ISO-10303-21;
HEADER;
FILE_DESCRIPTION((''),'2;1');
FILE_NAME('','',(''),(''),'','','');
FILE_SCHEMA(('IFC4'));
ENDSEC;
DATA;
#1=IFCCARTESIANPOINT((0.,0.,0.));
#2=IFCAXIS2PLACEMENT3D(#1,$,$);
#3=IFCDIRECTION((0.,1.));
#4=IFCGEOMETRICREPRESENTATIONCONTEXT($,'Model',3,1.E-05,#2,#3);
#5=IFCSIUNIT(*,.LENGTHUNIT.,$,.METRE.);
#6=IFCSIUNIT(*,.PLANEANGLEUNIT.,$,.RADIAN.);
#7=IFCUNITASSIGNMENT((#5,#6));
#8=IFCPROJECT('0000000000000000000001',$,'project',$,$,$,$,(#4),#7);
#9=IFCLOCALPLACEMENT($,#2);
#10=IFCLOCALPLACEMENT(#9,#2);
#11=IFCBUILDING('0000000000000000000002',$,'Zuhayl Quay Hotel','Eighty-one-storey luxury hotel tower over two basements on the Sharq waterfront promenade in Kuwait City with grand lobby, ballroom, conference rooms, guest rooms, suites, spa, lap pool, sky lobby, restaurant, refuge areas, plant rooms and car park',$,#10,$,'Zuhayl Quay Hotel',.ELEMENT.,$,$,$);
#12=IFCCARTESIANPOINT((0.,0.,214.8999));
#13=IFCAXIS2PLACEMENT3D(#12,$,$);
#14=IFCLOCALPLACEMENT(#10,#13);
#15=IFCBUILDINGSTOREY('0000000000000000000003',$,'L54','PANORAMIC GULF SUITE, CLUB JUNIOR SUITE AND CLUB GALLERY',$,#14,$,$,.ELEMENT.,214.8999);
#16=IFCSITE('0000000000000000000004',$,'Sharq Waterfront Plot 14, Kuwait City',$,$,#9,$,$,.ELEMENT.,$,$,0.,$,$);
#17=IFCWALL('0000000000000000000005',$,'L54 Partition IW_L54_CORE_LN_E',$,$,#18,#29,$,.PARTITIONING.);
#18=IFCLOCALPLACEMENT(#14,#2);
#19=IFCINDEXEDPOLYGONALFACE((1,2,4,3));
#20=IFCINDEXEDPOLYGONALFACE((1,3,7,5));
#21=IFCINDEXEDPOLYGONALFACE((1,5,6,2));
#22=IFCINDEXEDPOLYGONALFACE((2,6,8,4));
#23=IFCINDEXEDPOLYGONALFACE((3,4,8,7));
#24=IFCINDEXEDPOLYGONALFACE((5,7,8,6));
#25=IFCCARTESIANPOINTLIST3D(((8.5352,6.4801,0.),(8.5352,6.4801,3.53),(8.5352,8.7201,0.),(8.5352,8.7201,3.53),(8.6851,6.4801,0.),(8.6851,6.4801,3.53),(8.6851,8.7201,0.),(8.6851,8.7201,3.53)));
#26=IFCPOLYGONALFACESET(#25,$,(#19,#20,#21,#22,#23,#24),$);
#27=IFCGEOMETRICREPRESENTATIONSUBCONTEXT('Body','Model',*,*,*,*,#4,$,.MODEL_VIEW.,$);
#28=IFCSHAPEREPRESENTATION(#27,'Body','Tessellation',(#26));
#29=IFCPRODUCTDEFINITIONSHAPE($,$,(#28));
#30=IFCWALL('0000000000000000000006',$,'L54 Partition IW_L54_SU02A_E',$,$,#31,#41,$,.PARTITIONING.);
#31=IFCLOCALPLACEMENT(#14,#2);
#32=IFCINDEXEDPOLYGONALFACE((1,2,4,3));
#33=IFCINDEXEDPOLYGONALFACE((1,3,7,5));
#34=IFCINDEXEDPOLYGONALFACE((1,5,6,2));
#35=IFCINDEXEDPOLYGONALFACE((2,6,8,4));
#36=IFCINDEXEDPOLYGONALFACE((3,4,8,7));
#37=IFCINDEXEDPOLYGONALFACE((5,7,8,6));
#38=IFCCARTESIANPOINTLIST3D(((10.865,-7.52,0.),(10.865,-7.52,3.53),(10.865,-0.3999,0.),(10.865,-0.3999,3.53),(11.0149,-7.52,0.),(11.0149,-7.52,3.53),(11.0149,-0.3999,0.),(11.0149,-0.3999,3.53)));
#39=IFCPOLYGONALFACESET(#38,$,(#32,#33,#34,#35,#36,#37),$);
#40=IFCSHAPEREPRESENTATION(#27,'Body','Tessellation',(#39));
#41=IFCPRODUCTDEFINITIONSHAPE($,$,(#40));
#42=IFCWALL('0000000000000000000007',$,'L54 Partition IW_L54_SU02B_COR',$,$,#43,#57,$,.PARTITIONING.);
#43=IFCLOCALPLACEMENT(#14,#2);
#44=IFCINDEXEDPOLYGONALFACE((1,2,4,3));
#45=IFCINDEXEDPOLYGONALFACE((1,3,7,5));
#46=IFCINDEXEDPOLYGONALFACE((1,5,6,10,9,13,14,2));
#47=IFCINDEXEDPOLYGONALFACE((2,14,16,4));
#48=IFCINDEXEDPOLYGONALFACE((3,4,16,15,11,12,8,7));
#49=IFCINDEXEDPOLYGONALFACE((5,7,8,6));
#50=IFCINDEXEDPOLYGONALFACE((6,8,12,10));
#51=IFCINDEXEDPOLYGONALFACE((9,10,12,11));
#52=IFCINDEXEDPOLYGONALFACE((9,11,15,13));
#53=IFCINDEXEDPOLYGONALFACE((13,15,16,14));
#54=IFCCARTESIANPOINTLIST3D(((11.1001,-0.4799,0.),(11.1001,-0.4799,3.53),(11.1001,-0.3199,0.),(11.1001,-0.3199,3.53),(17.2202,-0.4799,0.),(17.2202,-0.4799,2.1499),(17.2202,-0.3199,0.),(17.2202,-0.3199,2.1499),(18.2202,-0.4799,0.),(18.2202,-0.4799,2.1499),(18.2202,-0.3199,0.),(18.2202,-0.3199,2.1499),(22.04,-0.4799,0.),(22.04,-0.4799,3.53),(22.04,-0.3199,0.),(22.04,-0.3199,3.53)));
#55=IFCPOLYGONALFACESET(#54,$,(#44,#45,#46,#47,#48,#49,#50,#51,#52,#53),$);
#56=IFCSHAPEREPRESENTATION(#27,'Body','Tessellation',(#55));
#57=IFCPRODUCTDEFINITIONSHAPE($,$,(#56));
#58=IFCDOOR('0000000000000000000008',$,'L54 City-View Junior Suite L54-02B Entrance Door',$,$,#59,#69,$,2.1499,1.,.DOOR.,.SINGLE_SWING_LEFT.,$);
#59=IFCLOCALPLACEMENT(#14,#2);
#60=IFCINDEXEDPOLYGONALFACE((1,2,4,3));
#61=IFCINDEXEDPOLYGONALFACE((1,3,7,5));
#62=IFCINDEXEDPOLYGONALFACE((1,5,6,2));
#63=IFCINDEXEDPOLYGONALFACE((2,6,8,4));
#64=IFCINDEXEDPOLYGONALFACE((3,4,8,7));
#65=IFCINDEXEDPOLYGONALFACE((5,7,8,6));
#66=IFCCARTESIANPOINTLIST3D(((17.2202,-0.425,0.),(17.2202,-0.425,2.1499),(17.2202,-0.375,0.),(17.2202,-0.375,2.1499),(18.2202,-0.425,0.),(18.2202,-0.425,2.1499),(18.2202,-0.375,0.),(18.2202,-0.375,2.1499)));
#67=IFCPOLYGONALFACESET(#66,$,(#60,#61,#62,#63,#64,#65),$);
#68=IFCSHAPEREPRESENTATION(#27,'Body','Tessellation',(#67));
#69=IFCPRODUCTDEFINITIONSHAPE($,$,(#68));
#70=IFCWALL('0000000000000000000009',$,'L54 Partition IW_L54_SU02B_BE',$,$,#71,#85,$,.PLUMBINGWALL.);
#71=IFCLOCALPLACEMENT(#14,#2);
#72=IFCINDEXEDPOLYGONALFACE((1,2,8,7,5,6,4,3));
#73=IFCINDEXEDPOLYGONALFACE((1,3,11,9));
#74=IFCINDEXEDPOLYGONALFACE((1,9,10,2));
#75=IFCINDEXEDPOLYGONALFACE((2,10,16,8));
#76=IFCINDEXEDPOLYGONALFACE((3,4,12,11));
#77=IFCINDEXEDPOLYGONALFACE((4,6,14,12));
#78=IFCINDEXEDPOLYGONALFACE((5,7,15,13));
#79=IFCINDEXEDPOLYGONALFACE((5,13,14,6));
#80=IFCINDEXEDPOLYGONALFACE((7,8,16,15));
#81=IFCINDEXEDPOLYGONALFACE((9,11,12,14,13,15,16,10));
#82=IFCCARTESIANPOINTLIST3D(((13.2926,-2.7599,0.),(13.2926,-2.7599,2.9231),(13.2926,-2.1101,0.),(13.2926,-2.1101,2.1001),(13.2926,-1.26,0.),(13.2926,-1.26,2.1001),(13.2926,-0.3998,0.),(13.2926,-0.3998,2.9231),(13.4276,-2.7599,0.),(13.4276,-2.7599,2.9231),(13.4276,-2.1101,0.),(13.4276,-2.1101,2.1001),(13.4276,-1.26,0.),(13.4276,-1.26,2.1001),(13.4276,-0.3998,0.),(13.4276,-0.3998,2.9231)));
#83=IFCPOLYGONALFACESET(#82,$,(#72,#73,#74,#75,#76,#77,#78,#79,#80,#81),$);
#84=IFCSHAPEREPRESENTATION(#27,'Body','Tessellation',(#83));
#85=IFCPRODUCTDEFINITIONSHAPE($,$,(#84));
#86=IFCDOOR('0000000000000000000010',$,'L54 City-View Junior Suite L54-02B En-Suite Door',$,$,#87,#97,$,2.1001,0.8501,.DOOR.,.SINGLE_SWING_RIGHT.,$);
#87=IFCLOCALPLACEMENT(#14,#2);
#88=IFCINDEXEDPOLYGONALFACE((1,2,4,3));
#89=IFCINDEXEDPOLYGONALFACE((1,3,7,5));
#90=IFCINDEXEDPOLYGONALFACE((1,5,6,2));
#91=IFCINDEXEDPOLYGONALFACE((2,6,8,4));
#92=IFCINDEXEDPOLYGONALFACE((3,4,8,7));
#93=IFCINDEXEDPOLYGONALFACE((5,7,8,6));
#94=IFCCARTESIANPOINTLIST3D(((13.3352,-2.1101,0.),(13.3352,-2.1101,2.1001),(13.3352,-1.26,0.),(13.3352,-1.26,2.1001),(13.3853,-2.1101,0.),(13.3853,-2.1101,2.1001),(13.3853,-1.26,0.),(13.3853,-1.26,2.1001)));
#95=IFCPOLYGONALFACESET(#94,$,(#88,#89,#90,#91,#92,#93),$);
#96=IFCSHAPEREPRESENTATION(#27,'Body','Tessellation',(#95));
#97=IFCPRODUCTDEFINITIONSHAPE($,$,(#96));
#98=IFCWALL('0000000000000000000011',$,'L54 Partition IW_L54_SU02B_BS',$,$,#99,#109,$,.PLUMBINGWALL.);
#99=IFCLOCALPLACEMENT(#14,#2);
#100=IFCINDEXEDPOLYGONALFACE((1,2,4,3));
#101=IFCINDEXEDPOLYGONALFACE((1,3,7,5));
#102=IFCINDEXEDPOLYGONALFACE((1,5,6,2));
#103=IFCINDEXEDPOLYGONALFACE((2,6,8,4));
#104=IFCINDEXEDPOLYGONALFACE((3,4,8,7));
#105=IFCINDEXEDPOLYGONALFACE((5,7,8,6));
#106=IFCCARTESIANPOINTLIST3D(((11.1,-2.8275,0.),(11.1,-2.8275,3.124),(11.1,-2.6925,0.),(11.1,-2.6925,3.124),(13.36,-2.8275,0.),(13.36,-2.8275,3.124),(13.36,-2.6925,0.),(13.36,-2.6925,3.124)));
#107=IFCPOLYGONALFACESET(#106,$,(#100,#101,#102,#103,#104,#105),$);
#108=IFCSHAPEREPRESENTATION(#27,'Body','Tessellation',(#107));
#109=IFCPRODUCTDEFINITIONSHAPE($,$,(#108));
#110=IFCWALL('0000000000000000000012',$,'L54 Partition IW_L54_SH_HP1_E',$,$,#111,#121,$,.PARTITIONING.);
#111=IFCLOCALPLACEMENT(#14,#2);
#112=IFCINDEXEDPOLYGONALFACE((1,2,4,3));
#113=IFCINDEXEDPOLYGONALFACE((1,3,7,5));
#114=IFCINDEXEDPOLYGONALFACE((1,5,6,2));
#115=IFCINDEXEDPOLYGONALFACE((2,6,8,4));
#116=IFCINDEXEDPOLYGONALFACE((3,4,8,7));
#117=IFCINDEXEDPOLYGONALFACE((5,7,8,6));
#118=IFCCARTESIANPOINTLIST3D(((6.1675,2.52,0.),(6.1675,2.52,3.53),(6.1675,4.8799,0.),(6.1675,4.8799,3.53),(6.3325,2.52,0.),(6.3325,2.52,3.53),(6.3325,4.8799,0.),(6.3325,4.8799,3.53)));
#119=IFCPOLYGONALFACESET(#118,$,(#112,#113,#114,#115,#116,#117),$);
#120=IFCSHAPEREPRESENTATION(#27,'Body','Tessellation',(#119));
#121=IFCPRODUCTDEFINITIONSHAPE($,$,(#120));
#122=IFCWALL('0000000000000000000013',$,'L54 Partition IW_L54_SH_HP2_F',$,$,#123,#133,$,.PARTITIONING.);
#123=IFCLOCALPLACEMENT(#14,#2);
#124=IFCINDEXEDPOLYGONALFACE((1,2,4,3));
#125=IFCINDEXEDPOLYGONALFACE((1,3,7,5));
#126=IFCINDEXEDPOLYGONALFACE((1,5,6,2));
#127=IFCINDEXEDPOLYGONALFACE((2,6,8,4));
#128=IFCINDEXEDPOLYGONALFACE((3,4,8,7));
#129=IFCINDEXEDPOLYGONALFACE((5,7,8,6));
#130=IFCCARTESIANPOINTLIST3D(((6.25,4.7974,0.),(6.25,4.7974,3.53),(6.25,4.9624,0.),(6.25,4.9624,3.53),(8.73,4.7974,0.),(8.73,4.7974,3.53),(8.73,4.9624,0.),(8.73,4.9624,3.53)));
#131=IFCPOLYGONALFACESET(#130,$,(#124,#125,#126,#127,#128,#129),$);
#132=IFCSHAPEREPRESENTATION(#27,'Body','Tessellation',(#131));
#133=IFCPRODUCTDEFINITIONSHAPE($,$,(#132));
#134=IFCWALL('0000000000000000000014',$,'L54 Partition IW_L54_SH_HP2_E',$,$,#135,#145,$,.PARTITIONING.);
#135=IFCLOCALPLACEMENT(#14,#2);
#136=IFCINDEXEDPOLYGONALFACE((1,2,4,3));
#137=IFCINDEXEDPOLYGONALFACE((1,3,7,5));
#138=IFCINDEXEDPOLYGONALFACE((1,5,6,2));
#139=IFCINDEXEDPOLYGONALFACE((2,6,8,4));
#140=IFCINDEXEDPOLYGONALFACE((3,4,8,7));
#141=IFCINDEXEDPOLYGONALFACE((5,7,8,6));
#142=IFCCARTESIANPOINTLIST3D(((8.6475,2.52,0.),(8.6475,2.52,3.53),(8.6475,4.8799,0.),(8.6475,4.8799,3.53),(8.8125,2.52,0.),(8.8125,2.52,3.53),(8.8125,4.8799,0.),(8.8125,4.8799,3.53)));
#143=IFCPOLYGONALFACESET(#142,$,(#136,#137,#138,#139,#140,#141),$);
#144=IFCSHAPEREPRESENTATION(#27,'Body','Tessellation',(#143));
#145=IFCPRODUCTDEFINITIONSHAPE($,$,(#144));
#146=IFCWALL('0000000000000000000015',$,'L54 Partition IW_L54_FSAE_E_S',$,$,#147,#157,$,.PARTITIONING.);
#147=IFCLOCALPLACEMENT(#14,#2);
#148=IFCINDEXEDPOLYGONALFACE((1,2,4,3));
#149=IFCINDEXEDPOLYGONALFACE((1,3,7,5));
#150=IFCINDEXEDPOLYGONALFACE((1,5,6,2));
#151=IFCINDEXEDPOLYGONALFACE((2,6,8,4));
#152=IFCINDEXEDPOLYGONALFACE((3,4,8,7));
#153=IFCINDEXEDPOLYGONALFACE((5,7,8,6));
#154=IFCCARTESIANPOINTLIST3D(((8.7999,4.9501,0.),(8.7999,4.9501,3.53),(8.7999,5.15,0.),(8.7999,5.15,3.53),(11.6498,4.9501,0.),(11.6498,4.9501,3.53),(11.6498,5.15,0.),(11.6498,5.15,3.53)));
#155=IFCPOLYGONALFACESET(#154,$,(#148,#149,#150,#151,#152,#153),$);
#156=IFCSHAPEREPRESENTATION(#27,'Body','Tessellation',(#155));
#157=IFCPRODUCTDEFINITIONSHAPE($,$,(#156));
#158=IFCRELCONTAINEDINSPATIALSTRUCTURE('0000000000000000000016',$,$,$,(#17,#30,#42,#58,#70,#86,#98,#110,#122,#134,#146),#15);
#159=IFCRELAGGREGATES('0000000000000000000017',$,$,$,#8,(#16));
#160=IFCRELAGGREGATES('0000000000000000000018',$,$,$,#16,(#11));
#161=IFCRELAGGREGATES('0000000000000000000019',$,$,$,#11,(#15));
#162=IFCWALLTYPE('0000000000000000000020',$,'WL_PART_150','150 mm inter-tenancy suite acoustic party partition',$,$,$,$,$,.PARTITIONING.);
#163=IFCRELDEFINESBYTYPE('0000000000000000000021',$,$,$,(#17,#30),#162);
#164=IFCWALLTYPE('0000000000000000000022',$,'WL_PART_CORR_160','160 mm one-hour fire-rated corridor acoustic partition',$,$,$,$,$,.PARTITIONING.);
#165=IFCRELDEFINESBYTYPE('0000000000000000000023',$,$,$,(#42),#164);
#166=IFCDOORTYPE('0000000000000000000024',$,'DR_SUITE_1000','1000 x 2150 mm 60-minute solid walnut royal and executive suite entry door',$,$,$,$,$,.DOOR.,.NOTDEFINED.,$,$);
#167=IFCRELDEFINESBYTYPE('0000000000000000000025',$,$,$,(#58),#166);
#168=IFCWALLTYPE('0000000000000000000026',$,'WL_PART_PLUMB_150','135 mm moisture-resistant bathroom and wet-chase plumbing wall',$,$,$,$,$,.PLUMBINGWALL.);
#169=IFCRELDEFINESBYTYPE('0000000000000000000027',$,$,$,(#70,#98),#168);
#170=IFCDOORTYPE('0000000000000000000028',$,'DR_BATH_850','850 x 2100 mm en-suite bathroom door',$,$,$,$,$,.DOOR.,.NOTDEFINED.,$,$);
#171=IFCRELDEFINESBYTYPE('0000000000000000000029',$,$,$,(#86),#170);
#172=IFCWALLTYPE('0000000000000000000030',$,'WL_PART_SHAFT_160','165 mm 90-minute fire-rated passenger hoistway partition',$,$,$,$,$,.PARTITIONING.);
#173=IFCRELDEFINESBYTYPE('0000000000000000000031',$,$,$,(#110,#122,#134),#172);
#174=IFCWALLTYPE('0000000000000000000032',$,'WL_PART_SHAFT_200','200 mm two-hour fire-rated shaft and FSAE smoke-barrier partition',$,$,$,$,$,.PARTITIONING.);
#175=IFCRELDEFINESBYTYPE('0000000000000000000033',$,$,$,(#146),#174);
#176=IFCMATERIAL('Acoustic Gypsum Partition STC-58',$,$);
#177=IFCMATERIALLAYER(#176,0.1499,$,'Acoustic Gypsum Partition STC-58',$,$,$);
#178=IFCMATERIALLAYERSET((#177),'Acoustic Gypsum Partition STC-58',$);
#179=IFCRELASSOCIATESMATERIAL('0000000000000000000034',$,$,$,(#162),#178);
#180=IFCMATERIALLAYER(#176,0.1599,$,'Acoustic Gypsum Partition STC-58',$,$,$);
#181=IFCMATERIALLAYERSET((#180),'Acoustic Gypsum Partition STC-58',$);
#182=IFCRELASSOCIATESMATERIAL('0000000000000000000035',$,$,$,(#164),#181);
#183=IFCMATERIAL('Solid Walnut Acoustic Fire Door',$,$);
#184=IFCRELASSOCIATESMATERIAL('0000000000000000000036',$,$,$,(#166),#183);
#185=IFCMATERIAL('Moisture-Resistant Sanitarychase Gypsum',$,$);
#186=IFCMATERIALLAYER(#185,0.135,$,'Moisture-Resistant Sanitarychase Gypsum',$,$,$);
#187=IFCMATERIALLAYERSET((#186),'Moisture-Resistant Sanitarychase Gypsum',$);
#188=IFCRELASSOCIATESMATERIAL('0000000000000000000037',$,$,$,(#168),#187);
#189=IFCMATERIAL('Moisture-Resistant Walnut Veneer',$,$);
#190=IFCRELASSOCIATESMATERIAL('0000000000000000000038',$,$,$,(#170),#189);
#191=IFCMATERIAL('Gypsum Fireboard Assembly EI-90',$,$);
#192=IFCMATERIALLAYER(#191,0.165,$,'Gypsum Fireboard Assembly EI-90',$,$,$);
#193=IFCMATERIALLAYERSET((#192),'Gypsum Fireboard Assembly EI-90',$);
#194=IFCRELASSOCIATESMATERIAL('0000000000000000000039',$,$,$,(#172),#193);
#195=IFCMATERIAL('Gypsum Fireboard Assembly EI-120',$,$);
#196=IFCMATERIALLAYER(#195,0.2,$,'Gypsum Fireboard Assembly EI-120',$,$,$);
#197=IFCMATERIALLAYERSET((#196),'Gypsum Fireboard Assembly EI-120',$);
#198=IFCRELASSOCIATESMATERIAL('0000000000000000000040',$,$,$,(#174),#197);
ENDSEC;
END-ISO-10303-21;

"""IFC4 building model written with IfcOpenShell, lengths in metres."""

from ifc_helpers import new_model, si_unit, direction, frame, frame_2d, origin, place, context, subcontext, project, spatial, rectangle, extrude, material, layer, layer_set, type_object, element, fill, save


model = new_model("IFC4")

# Units and contexts
model_context = context("Model", 3, precision=1e-05, world=origin(), true_north=direction((0.0, 1.0)))
body_context = subcontext(model_context, "Body", "Model", "MODEL_VIEW")
ifc_project = project(units=[si_unit("LENGTHUNIT", "METRE"), si_unit("PLANEANGLEUNIT", "RADIAN")], contexts=[model_context])

# Site, building, storey
site_placement = place(None, origin())
site = spatial("IfcSite", under=ifc_project, at=site_placement, Name="Sharq Waterfront Plot 14, Kuwait City", CompositionType="ELEMENT", RefElevation=0.0)
building_placement = place(site_placement, origin())
building = spatial("IfcBuilding", under=site, at=building_placement, Name="Zuhayl Quay Hotel", Description="Eighty-one-storey luxury hotel tower over two basements on the Sharq waterfront promenade in Kuwait City with grand lobby, ballroom, conference rooms, guest rooms, suites, spa, lap pool, sky lobby, restaurant, refuge areas, plant rooms and car park", LongName="Zuhayl Quay Hotel", CompositionType="ELEMENT")
storey_placement = place(building_placement, frame((0.0, 0.0, 214.8999)))
storey = spatial("IfcBuildingStorey", under=building, at=storey_placement, Name="L54", Description="PANORAMIC GULF SUITE, CLUB JUNIOR SUITE AND CLUB GALLERY", CompositionType="ELEMENT", Elevation=214.8999)

# Walls
ifc_material_1 = material(Name="Acoustic Gypsum Partition STC-58")
ifc_layer_1 = layer(ifc_material_1, 0.1499, Name="Acoustic Gypsum Partition STC-58")
ifc_layer_set_1 = layer_set([ifc_layer_1], Name="Acoustic Gypsum Partition STC-58")
wall_type_1 = type_object("IfcWallType", Name="WL_PART_150", Description="150 mm inter-tenancy suite acoustic party partition", PredefinedType="PARTITIONING", material=ifc_layer_set_1)
wall_1_placement = place(storey_placement, frame((8.6101, 6.48, 0.0), z_axis=(0.0, 0.0, 1.0), x_axis=(0.0, 1.0, 0.0)))
element("IfcWall", 1, at=wall_1_placement, inside=storey, type_object=wall_type_1, Name="L54 Partition IW_L54_CORE_LN_E", PredefinedType="PARTITIONING", context=body_context, shape_type="SweptSolid", body=[
    extrude(rectangle(XDim=2.24, YDim=0.1499, at=frame_2d((1.1201, 0.0))), origin(), (0.0, 0.0, 1.0), 3.53),
])
wall_2_placement = place(storey_placement, frame((10.9399, -7.52, 0.0), z_axis=(0.0, 0.0, 1.0), x_axis=(0.0, 1.0, 0.0)))
element("IfcWall", 2, at=wall_2_placement, inside=storey, type_object=wall_type_1, Name="L54 Partition IW_L54_SU02A_E", PredefinedType="PARTITIONING", context=body_context, shape_type="SweptSolid", body=[
    extrude(rectangle(XDim=7.1201, YDim=0.1499, at=frame_2d((3.5601, 0.0))), origin(), (0.0, 0.0, 1.0), 3.53),
])

# Walls, openings, doors
ifc_layer_2 = layer(ifc_material_1, 0.1599, Name="Acoustic Gypsum Partition STC-58")
ifc_layer_set_2 = layer_set([ifc_layer_2], Name="Acoustic Gypsum Partition STC-58")
wall_type_2 = type_object("IfcWallType", Name="WL_PART_CORR_160", Description="160 mm one-hour fire-rated corridor acoustic partition", PredefinedType="PARTITIONING", material=ifc_layer_set_2)
wall_3_placement = place(storey_placement, frame((11.1001, -0.3999, 0.0), z_axis=(0.0, 0.0, 1.0), x_axis=(1.0, 0.0, 0.0)))
wall_3 = element("IfcWall", 3, at=wall_3_placement, inside=storey, type_object=wall_type_2, Name="L54 Partition IW_L54_SU02B_COR", PredefinedType="PARTITIONING", context=body_context, shape_type="SweptSolid", body=[
    extrude(rectangle(XDim=10.9399, YDim=0.1599, at=frame_2d((5.47, 0.0))), origin(), (0.0, 0.0, 1.0), 3.53),
])
opening_1_placement = place(wall_3_placement, frame((6.1201, 0.0, 0.0)))
opening_1 = element("IfcOpeningElement", 4, at=opening_1_placement, cuts=wall_3, PredefinedType="OPENING", context=body_context, shape_type="SweptSolid", body=[
    extrude(rectangle(XDim=1.0, YDim=2.1499, at=frame_2d((0.5, 1.075))), frame((0.0, 0.0898, 0.0), z_axis=(0.0, -1.0, 0.0), x_axis=(1.0, 0.0, 0.0)), (0.0, 0.0, 1.0), 0.1799),
])
ifc_material_2 = material(Name="Solid Walnut Acoustic Fire Door")
door_type_1 = type_object("IfcDoorType", Name="DR_SUITE_1000", Description="1000 x 2150 mm 60-minute solid walnut royal and executive suite entry door", OperationType="NOTDEFINED", PredefinedType="DOOR", material=ifc_material_2)
door_1_placement = place(opening_1_placement, origin())
door_1 = element("IfcDoor", 5, at=door_1_placement, inside=storey, type_object=door_type_1, Name="L54 City-View Junior Suite L54-02B Entrance Door", OperationType="SINGLE_SWING_LEFT", OverallHeight=2.1499, OverallWidth=1.0, PredefinedType="DOOR", context=body_context, shape_type="SweptSolid", body=[
    extrude(rectangle(XDim=1.0, YDim=2.1499, at=frame_2d((0.5, 1.075))), frame((0.0, 0.0249, 0.0), z_axis=(0.0, -1.0, 0.0), x_axis=(1.0, 0.0, 0.0)), (0.0, 0.0, 1.0), 0.05),
])
fill(opening_1, door_1)
ifc_material_3 = material(Name="Moisture-Resistant Sanitarychase Gypsum")
ifc_layer_3 = layer(ifc_material_3, 0.135, Name="Moisture-Resistant Sanitarychase Gypsum")
ifc_layer_set_3 = layer_set([ifc_layer_3], Name="Moisture-Resistant Sanitarychase Gypsum")
wall_type_3 = type_object("IfcWallType", Name="WL_PART_PLUMB_150", Description="135 mm moisture-resistant bathroom and wet-chase plumbing wall", PredefinedType="PLUMBINGWALL", material=ifc_layer_set_3)
wall_4_placement = place(storey_placement, frame((13.3601, -2.76, 0.0), z_axis=(0.0, 0.0, 1.0), x_axis=(0.0, 1.0, 0.0)))
wall_4 = element("IfcWall", 6, at=wall_4_placement, inside=storey, type_object=wall_type_3, Name="L54 Partition IW_L54_SU02B_BE", PredefinedType="PLUMBINGWALL", context=body_context, shape_type="SweptSolid", body=[
    extrude(rectangle(XDim=2.3601, YDim=0.135, at=frame_2d((1.1802, 0.0))), origin(), (0.0, 0.0, 1.0), 2.9231),
])
opening_2_placement = place(wall_4_placement, frame((0.6499, 0.0, 0.0)))
opening_2 = element("IfcOpeningElement", 7, at=opening_2_placement, cuts=wall_4, PredefinedType="OPENING", context=body_context, shape_type="SweptSolid", body=[
    extrude(rectangle(XDim=0.8501, YDim=2.1001, at=frame_2d((0.425, 1.05))), frame((0.0, 0.0774, 0.0), z_axis=(0.0, -1.0, 0.0), x_axis=(1.0, 0.0, 0.0)), (0.0, 0.0, 1.0), 0.155),
])
ifc_material_4 = material(Name="Moisture-Resistant Walnut Veneer")
door_type_2 = type_object("IfcDoorType", Name="DR_BATH_850", Description="850 x 2100 mm en-suite bathroom door", OperationType="NOTDEFINED", PredefinedType="DOOR", material=ifc_material_4)
door_2_placement = place(opening_2_placement, origin())
door_2 = element("IfcDoor", 8, at=door_2_placement, inside=storey, type_object=door_type_2, Name="L54 City-View Junior Suite L54-02B En-Suite Door", OperationType="SINGLE_SWING_RIGHT", OverallHeight=2.1001, OverallWidth=0.8501, PredefinedType="DOOR", context=body_context, shape_type="SweptSolid", body=[
    extrude(rectangle(XDim=0.8501, YDim=2.1001, at=frame_2d((0.425, 1.05))), frame((0.0, 0.0249, 0.0), z_axis=(0.0, -1.0, 0.0), x_axis=(1.0, 0.0, 0.0)), (0.0, 0.0, 1.0), 0.05),
])
fill(opening_2, door_2)

# Walls
wall_5_placement = place(storey_placement, frame((11.1001, -2.76, 0.0), z_axis=(0.0, 0.0, 1.0), x_axis=(1.0, 0.0, 0.0)))
element("IfcWall", 9, at=wall_5_placement, inside=storey, type_object=wall_type_3, Name="L54 Partition IW_L54_SU02B_BS", PredefinedType="PLUMBINGWALL", context=body_context, shape_type="SweptSolid", body=[
    extrude(rectangle(XDim=2.26, YDim=0.135, at=frame_2d((1.1299, 0.0))), origin(), (0.0, 0.0, 1.0), 3.124),
])
ifc_material_5 = material(Name="Gypsum Fireboard Assembly EI-90")
ifc_layer_4 = layer(ifc_material_5, 0.165, Name="Gypsum Fireboard Assembly EI-90")
ifc_layer_set_4 = layer_set([ifc_layer_4], Name="Gypsum Fireboard Assembly EI-90")
wall_type_4 = type_object("IfcWallType", Name="WL_PART_SHAFT_160", Description="165 mm 90-minute fire-rated passenger hoistway partition", PredefinedType="PARTITIONING", material=ifc_layer_set_4)
wall_6_placement = place(storey_placement, frame((6.25, 2.52, 0.0), z_axis=(0.0, 0.0, 1.0), x_axis=(0.0, 1.0, 0.0)))
element("IfcWall", 10, at=wall_6_placement, inside=storey, type_object=wall_type_4, Name="L54 Partition IW_L54_SH_HP1_E", PredefinedType="PARTITIONING", context=body_context, shape_type="SweptSolid", body=[
    extrude(rectangle(XDim=2.3599, YDim=0.165, at=frame_2d((1.1799, 0.0))), origin(), (0.0, 0.0, 1.0), 3.53),
])
wall_7_placement = place(storey_placement, frame((6.25, 4.8799, 0.0), z_axis=(0.0, 0.0, 1.0), x_axis=(1.0, 0.0, 0.0)))
element("IfcWall", 11, at=wall_7_placement, inside=storey, type_object=wall_type_4, Name="L54 Partition IW_L54_SH_HP2_F", PredefinedType="PARTITIONING", context=body_context, shape_type="SweptSolid", body=[
    extrude(rectangle(XDim=2.48, YDim=0.165, at=frame_2d((1.24, 0.0))), origin(), (0.0, 0.0, 1.0), 3.53),
])
wall_8_placement = place(storey_placement, frame((8.73, 2.52, 0.0), z_axis=(0.0, 0.0, 1.0), x_axis=(0.0, 1.0, 0.0)))
element("IfcWall", 12, at=wall_8_placement, inside=storey, type_object=wall_type_4, Name="L54 Partition IW_L54_SH_HP2_E", PredefinedType="PARTITIONING", context=body_context, shape_type="SweptSolid", body=[
    extrude(rectangle(XDim=2.3599, YDim=0.165, at=frame_2d((1.1799, 0.0))), origin(), (0.0, 0.0, 1.0), 3.53),
])
ifc_material_6 = material(Name="Gypsum Fireboard Assembly EI-120")
ifc_layer_5 = layer(ifc_material_6, 0.2, Name="Gypsum Fireboard Assembly EI-120")
ifc_layer_set_5 = layer_set([ifc_layer_5], Name="Gypsum Fireboard Assembly EI-120")
wall_type_5 = type_object("IfcWallType", Name="WL_PART_SHAFT_200", Description="200 mm two-hour fire-rated shaft and FSAE smoke-barrier partition", PredefinedType="PARTITIONING", material=ifc_layer_set_5)
wall_9_placement = place(storey_placement, frame((8.8, 5.05, 0.0), z_axis=(0.0, 0.0, 1.0), x_axis=(1.0, 0.0, 0.0)))
element("IfcWall", 13, at=wall_9_placement, inside=storey, type_object=wall_type_5, Name="L54 Partition IW_L54_FSAE_E_S", PredefinedType="PARTITIONING", context=body_context, shape_type="SweptSolid", body=[
    extrude(rectangle(XDim=2.8499, YDim=0.2, at=frame_2d((1.4248, 0.0))), origin(), (0.0, 0.0, 1.0), 3.53),
])

save(model, "model.ifc")
